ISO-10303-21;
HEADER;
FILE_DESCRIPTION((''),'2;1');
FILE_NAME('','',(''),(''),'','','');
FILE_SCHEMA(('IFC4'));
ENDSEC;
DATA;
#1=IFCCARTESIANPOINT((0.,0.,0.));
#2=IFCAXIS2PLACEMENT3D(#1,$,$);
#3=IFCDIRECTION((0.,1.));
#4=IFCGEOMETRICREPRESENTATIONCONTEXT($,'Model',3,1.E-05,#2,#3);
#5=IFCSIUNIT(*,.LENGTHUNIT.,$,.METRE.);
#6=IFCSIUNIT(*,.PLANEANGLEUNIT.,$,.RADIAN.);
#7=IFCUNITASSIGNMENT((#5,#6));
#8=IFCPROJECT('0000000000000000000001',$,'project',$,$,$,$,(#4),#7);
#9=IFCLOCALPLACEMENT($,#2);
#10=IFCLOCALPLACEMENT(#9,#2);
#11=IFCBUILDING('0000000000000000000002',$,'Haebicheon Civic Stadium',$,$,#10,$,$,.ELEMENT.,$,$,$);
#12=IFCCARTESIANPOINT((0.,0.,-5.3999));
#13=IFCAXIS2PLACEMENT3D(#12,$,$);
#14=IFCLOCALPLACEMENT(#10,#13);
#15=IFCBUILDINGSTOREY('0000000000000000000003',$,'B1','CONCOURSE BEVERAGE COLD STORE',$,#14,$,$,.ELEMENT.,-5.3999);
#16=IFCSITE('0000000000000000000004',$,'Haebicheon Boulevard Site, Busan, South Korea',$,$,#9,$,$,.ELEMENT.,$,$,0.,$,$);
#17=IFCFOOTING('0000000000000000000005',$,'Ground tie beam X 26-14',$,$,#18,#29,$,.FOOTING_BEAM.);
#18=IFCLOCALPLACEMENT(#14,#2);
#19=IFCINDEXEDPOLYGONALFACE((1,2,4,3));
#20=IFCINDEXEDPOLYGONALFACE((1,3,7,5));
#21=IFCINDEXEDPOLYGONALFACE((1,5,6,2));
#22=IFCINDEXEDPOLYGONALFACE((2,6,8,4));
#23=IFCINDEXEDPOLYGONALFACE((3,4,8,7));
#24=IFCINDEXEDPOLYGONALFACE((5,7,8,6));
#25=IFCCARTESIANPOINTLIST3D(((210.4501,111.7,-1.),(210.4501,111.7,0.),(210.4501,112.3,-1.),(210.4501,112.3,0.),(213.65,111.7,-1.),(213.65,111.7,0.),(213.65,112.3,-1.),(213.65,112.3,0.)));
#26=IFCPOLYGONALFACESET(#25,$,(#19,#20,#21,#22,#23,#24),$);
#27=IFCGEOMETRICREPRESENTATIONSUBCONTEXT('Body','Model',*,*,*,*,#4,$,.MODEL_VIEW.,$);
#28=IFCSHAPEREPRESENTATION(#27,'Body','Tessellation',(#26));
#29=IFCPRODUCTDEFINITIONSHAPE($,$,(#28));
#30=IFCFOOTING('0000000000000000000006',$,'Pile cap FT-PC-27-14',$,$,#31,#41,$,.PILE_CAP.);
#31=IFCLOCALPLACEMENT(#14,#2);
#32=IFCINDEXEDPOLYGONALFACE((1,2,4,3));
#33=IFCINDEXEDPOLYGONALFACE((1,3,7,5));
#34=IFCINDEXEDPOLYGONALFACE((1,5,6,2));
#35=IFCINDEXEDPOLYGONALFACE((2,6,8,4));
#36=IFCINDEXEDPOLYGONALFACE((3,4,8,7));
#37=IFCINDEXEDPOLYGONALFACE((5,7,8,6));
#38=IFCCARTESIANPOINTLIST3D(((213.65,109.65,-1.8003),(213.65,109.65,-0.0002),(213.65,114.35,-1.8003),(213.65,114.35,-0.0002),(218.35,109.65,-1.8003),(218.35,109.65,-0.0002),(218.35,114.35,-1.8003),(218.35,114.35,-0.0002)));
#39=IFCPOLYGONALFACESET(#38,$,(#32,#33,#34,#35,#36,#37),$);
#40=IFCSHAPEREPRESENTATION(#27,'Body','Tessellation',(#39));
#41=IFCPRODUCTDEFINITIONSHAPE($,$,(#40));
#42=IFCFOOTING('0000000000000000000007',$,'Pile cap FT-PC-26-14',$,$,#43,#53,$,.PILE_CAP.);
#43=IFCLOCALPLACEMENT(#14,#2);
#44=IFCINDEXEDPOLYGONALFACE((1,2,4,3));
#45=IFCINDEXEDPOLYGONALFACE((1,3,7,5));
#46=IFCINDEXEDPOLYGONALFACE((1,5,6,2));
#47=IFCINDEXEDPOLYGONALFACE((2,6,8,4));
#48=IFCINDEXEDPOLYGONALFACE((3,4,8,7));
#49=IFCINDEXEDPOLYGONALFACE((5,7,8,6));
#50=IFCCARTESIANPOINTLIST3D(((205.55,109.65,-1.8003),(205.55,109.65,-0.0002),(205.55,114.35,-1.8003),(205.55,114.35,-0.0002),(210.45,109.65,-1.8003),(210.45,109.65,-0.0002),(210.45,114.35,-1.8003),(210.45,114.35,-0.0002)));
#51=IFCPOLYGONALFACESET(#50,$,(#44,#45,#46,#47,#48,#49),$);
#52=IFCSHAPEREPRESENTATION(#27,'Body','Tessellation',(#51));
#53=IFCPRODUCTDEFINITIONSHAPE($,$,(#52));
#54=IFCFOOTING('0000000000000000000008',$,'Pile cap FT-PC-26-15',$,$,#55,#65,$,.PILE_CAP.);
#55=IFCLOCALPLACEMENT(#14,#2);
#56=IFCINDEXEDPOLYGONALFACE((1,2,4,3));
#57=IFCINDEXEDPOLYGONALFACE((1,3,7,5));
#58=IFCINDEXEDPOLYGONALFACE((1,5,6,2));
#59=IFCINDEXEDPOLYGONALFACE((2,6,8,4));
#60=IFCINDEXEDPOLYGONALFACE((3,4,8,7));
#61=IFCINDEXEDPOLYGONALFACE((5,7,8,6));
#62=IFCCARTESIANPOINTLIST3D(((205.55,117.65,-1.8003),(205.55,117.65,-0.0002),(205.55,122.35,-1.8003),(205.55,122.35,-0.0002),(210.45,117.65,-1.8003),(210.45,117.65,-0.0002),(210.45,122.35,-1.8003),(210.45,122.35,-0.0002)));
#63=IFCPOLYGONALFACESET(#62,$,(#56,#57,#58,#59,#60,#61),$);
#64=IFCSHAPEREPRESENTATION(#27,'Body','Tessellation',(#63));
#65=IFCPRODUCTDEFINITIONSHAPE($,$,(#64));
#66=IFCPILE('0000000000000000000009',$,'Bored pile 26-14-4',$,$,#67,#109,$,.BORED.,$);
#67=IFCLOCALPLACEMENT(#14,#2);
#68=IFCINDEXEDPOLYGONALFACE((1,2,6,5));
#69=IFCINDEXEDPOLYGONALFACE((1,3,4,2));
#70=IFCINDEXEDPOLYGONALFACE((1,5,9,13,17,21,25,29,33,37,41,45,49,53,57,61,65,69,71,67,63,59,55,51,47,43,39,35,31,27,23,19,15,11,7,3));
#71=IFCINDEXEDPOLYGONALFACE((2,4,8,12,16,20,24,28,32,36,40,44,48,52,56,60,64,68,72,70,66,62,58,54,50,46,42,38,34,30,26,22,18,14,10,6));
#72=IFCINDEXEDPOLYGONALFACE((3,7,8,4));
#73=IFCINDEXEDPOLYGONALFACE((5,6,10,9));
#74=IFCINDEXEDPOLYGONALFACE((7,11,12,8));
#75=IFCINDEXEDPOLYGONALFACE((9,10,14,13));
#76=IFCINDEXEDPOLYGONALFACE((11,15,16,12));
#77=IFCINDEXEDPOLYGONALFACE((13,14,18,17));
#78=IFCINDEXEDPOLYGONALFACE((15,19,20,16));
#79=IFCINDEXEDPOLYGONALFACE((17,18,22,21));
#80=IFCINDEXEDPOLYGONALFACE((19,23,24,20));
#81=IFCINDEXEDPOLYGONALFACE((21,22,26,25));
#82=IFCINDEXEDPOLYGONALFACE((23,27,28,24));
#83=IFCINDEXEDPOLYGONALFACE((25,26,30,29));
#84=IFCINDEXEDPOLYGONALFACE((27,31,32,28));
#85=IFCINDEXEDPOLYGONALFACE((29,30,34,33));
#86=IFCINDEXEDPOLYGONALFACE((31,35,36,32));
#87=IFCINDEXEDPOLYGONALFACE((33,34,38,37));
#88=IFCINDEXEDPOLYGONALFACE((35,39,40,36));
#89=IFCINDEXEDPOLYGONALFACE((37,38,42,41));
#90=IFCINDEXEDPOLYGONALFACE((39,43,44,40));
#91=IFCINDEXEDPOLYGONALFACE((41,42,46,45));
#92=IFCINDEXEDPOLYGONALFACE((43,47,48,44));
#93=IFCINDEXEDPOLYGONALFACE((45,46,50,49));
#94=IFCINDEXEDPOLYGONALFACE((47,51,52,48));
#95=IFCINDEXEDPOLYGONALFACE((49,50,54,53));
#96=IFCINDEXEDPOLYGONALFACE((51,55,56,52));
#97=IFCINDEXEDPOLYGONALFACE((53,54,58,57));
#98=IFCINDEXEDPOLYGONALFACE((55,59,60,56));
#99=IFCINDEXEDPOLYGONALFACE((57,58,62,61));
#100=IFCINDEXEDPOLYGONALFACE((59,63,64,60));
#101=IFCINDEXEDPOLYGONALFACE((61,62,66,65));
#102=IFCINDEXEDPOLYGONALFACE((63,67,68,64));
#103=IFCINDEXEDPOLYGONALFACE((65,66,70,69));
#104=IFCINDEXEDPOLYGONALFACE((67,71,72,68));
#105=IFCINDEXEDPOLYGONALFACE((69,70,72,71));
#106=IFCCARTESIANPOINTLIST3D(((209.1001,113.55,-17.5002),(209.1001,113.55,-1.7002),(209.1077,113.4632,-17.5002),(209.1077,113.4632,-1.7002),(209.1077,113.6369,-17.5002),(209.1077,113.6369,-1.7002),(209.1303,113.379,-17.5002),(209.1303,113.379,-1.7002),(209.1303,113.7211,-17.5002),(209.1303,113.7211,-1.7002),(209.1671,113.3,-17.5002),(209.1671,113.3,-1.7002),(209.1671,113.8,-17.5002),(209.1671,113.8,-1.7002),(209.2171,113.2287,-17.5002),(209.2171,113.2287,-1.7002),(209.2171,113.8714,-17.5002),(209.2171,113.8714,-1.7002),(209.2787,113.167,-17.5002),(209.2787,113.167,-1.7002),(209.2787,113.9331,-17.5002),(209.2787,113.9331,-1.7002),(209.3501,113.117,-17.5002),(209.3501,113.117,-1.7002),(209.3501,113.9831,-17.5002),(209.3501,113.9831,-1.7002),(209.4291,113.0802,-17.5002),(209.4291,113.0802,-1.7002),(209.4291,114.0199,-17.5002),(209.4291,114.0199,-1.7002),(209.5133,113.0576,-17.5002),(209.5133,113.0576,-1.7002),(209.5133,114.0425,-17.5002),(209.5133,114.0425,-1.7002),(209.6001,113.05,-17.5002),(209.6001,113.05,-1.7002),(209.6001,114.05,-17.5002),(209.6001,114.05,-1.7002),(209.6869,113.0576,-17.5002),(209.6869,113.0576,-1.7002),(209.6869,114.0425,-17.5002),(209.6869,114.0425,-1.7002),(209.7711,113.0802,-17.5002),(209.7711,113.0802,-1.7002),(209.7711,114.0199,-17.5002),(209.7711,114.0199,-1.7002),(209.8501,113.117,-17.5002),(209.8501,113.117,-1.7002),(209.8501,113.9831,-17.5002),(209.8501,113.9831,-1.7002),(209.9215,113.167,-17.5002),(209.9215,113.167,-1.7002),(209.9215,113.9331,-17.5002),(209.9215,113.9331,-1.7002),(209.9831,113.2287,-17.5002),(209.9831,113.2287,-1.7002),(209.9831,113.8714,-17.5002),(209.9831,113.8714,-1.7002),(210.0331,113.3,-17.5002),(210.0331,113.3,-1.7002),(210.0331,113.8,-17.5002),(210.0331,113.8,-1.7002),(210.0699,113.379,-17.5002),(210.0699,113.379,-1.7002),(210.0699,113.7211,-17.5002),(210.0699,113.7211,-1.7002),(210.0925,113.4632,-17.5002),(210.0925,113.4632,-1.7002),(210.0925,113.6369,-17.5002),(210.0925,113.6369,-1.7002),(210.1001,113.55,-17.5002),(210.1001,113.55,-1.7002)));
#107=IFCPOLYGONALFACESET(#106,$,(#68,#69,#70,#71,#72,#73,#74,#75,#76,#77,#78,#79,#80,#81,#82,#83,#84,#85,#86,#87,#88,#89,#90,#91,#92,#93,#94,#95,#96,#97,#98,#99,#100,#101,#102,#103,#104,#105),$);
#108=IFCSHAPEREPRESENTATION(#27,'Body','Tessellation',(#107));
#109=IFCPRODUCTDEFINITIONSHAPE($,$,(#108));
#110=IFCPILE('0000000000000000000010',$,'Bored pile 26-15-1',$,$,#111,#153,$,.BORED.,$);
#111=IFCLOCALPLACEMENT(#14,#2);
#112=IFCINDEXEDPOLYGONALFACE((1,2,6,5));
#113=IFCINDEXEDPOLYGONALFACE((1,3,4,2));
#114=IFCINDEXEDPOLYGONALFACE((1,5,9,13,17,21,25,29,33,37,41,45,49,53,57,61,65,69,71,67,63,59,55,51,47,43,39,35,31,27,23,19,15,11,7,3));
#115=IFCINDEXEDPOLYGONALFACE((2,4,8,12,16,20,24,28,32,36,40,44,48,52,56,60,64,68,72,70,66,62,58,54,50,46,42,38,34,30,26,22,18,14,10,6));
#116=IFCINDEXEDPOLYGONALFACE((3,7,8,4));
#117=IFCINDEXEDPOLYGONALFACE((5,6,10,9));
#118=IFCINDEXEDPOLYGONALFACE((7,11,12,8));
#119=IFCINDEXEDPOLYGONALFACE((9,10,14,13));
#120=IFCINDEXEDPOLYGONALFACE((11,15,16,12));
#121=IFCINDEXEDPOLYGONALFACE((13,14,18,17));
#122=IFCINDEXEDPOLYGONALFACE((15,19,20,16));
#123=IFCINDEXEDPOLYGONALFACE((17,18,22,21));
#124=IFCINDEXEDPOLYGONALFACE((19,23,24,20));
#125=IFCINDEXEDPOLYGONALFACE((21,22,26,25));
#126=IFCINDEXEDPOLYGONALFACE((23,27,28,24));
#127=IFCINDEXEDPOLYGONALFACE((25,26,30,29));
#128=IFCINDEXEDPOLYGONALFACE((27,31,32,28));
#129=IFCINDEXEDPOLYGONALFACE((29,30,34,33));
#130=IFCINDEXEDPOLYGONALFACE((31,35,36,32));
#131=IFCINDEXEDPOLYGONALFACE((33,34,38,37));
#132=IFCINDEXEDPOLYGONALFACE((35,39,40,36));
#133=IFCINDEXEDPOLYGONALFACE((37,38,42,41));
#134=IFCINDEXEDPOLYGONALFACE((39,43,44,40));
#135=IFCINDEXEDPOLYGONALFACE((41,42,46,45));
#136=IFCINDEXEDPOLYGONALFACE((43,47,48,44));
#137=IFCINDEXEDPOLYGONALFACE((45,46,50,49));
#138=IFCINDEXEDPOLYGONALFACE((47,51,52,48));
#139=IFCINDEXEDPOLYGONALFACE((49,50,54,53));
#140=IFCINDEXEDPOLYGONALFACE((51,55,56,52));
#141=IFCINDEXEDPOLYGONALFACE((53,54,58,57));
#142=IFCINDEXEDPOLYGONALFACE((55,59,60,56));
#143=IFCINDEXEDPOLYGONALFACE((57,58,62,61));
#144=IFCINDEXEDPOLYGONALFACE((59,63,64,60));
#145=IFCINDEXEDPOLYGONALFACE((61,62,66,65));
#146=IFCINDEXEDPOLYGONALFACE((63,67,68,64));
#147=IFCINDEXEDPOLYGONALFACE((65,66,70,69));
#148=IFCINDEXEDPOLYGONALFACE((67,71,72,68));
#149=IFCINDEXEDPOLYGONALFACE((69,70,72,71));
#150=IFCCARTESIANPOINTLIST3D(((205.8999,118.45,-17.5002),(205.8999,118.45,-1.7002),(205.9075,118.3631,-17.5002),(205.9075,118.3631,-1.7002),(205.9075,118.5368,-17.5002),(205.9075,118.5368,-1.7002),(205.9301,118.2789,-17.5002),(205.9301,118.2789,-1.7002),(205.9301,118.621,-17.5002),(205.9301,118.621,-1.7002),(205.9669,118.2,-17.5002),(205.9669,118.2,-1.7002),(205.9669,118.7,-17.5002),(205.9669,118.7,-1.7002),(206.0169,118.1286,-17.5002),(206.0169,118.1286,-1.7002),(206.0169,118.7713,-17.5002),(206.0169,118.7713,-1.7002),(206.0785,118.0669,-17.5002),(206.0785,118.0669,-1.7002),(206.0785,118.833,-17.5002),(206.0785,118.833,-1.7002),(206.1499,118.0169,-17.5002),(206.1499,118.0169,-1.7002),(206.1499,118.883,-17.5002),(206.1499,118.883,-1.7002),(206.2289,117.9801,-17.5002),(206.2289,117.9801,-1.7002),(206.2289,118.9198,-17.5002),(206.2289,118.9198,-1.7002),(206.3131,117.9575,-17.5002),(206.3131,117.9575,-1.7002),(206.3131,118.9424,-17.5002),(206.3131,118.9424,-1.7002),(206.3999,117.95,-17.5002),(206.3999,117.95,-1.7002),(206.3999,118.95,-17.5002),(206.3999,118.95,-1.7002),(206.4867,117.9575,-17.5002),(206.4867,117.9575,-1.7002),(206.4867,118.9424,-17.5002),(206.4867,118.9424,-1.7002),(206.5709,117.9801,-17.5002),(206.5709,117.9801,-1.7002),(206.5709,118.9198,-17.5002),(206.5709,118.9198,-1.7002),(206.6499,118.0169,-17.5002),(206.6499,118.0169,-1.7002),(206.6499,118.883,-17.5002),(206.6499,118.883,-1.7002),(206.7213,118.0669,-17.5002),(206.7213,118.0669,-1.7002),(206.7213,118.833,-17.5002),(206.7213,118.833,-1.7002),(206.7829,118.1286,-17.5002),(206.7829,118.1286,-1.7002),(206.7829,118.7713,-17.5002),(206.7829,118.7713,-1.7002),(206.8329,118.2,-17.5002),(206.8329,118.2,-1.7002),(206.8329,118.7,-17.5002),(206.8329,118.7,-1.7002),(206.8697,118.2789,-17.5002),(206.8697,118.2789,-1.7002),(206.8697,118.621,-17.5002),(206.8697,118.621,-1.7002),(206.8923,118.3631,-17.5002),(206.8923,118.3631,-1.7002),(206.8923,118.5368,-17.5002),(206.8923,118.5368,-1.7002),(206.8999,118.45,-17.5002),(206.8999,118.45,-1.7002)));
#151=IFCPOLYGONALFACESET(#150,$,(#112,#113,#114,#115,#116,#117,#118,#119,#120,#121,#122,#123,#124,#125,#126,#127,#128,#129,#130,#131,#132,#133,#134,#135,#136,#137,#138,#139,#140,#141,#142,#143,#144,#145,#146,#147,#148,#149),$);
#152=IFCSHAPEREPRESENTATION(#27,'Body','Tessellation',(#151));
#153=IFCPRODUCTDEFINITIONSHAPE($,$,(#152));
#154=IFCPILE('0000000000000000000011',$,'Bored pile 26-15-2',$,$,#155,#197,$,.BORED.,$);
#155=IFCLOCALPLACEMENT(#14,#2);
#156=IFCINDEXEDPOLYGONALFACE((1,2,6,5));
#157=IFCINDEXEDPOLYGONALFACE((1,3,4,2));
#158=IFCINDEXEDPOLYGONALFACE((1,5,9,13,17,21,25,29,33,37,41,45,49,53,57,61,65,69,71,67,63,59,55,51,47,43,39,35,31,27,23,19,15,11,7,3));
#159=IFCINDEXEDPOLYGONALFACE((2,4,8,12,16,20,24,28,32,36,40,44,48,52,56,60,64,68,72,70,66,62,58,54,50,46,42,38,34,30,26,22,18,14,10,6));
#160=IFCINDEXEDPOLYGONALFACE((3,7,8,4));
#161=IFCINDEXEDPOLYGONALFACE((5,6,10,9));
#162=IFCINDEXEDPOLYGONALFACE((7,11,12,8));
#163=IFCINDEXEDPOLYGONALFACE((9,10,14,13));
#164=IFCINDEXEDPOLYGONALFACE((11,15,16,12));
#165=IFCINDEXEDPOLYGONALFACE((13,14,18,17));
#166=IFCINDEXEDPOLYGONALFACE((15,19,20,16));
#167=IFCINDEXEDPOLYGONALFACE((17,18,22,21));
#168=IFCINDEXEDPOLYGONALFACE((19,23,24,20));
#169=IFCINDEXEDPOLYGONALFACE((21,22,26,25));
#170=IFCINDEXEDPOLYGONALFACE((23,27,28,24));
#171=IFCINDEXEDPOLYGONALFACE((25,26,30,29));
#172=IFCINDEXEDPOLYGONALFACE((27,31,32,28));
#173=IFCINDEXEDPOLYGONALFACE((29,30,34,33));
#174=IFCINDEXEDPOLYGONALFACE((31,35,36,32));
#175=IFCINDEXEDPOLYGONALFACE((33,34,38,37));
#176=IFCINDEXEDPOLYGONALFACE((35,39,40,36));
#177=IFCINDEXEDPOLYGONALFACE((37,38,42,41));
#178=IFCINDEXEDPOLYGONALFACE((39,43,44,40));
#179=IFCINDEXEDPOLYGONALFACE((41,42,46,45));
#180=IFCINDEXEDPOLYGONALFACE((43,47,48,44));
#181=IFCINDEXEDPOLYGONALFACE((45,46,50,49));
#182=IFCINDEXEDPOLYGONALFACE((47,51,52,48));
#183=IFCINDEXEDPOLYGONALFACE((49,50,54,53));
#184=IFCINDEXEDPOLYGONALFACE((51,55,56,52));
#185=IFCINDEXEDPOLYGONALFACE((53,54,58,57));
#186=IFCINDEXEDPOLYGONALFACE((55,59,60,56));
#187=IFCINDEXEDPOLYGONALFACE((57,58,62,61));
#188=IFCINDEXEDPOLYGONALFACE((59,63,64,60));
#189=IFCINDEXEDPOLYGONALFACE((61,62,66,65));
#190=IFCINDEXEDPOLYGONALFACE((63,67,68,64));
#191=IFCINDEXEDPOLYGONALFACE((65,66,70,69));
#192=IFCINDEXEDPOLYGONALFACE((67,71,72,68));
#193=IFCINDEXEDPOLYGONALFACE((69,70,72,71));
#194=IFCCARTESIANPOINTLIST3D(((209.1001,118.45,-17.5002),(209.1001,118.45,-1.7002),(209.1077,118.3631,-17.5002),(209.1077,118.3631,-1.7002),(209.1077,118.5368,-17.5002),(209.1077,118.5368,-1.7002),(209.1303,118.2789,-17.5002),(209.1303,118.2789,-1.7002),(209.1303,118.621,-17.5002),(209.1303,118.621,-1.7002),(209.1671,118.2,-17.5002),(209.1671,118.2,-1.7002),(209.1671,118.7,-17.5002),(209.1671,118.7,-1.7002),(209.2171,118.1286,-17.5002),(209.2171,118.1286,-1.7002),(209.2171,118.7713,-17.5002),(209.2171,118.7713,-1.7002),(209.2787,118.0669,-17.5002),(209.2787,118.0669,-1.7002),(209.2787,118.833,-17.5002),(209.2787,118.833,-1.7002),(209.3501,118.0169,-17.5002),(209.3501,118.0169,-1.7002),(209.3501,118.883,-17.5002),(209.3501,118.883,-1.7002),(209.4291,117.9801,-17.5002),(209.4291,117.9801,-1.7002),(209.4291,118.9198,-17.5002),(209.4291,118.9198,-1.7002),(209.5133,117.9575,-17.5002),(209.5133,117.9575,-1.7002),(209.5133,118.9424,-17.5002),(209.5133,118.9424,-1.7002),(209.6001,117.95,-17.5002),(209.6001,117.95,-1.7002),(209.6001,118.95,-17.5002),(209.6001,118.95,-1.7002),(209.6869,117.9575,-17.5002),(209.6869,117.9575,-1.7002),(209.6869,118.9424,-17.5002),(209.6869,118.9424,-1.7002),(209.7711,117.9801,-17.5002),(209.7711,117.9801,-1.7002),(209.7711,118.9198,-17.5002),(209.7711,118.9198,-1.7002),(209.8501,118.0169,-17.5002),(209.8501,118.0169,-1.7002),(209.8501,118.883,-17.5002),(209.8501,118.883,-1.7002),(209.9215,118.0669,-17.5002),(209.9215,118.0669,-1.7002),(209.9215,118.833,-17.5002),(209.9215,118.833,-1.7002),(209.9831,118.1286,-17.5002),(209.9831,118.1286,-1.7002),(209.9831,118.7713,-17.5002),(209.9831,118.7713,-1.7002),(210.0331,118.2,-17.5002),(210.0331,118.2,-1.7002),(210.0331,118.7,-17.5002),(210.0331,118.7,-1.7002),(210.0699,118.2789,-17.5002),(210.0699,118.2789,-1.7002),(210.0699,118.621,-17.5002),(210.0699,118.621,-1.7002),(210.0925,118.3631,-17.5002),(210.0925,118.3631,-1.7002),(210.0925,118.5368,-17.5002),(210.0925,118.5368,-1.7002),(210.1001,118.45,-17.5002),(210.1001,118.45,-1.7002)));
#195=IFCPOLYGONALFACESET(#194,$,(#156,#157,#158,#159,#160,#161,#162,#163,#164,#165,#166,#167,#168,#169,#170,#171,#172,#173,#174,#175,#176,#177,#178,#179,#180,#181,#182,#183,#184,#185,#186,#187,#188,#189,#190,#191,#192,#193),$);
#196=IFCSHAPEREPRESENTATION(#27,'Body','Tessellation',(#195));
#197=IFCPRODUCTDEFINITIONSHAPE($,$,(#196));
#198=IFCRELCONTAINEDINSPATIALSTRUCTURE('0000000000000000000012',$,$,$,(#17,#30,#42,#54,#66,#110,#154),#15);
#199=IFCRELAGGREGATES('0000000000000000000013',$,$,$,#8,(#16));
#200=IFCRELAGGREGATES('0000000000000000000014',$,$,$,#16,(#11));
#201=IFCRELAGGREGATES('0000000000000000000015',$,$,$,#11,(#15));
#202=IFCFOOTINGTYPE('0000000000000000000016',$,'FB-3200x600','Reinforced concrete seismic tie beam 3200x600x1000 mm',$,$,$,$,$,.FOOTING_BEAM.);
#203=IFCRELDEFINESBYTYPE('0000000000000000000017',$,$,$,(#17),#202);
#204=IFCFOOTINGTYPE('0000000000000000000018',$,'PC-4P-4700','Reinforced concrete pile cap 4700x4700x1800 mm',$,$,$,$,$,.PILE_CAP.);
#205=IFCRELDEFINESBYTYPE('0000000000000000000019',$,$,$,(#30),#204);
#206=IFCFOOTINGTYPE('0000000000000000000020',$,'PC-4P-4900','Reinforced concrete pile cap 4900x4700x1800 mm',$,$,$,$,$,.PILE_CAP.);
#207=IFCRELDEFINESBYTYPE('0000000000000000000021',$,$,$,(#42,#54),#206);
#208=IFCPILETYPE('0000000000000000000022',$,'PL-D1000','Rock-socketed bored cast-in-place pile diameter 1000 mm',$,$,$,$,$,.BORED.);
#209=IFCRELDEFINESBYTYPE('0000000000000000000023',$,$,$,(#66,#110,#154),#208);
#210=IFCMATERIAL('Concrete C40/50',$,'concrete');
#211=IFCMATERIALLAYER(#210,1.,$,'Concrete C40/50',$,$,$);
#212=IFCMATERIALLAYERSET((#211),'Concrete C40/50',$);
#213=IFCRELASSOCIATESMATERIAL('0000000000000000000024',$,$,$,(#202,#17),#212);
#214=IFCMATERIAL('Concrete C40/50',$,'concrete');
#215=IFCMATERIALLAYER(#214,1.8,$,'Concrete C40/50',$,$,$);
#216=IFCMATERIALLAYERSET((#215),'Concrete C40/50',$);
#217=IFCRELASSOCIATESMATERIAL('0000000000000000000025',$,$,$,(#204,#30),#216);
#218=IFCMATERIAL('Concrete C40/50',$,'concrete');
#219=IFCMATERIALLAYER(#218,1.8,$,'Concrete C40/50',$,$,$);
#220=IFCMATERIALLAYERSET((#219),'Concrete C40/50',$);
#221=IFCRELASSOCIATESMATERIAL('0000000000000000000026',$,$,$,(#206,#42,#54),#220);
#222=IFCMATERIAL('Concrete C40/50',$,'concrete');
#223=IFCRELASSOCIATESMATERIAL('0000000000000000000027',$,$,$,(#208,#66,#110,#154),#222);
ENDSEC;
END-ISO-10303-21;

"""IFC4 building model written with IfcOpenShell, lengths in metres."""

from ifc_helpers import new_model, si_unit, direction, frame, origin, origin_2d, place, context, subcontext, project, spatial, rectangle, circle, extrude, material, layer, layer_set, material_profile, profile_set, type_object, element, save


model = new_model("IFC4")

# Units and contexts
model_context = context("Model", 3, precision=1e-05, world=origin(), true_north=direction((0.0, 1.0)))
body_context = subcontext(model_context, "Body", "Model", "MODEL_VIEW")
ifc_project = project(units=[si_unit("LENGTHUNIT", "METRE"), si_unit("PLANEANGLEUNIT", "RADIAN")], contexts=[model_context])

# Site, building, storey
site_placement = place(None, origin())
site = spatial("IfcSite", under=ifc_project, at=site_placement, Name="Haebicheon Boulevard Site, Busan, South Korea", CompositionType="ELEMENT", RefElevation=0.0)
building_placement = place(site_placement, origin())
building = spatial("IfcBuilding", under=site, at=building_placement, Name="Haebicheon Civic Stadium", CompositionType="ELEMENT")
storey_placement = place(building_placement, frame((0.0, 0.0, -5.3999)))
storey = spatial("IfcBuildingStorey", under=building, at=storey_placement, Name="B1", Description="CONCOURSE BEVERAGE COLD STORE", CompositionType="ELEMENT", Elevation=-5.3999)

# Footings
ifc_material_1 = material(Name="Concrete C40/50", Category="concrete")
ifc_layer_1 = layer(ifc_material_1, 1.0, Name="Concrete C40/50")
ifc_layer_set_1 = layer_set([ifc_layer_1], Name="Concrete C40/50")
footing_type_1 = type_object("IfcFootingType", Name="FB-3200x600", Description="Reinforced concrete seismic tie beam 3200x600x1000 mm", PredefinedType="FOOTING_BEAM", material=ifc_layer_set_1)
footing_1_placement = place(storey_placement, frame((212.05, 112.0, -1.0), z_axis=(0.0, 0.0, 1.0), x_axis=(1.0, 0.0, 0.0)))
element("IfcFooting", 1, at=footing_1_placement, inside=storey, type_object=footing_type_1, material=ifc_layer_set_1, Name="Ground tie beam X 26-14", PredefinedType="FOOTING_BEAM", context=body_context, shape_type="SweptSolid", body=[
    extrude(rectangle(XDim=3.2, YDim=0.6001, at=origin_2d()), origin(), (0.0, 0.0, 1.0), 1.0),
])
ifc_material_2 = material(Name="Concrete C40/50", Category="concrete")
ifc_layer_2 = layer(ifc_material_2, 1.8, Name="Concrete C40/50")
ifc_layer_set_2 = layer_set([ifc_layer_2], Name="Concrete C40/50")
footing_type_2 = type_object("IfcFootingType", Name="PC-4P-4700", Description="Reinforced concrete pile cap 4700x4700x1800 mm", PredefinedType="PILE_CAP", material=ifc_layer_set_2)
footing_2_placement = place(storey_placement, frame((216.0, 112.0, -1.8003), z_axis=(0.0, 0.0, 1.0), x_axis=(1.0, 0.0, 0.0)))
element("IfcFooting", 2, at=footing_2_placement, inside=storey, type_object=footing_type_2, material=ifc_layer_set_2, Name="Pile cap FT-PC-27-14", PredefinedType="PILE_CAP", context=body_context, shape_type="SweptSolid", body=[
    extrude(rectangle(XDim=4.7, YDim=4.7, at=origin_2d()), origin(), (0.0, 0.0, 1.0), 1.8),
])
ifc_material_3 = material(Name="Concrete C40/50", Category="concrete")
ifc_layer_3 = layer(ifc_material_3, 1.8, Name="Concrete C40/50")
ifc_layer_set_3 = layer_set([ifc_layer_3], Name="Concrete C40/50")
footing_type_3 = type_object("IfcFootingType", Name="PC-4P-4900", Description="Reinforced concrete pile cap 4900x4700x1800 mm", PredefinedType="PILE_CAP", material=ifc_layer_set_3)
for number, where, z_axis, x_axis, name in (
    (3, (208.0, 112.0, -1.8003), (0.0, 0.0, 1.0), (1.0, 0.0, 0.0), "Pile cap FT-PC-26-14"),
    (4, (208.0, 120.0, -1.8003), (0.0, 0.0, 1.0), (1.0, 0.0, 0.0), "Pile cap FT-PC-26-15"),
):
    element("IfcFooting", number, at=place(storey_placement, frame(where, z_axis=z_axis, x_axis=x_axis)), inside=storey, type_object=footing_type_3, material=ifc_layer_set_3, Name=name, PredefinedType="PILE_CAP", context=body_context, shape_type="SweptSolid", body=[
        extrude(rectangle(XDim=4.8999, YDim=4.7, at=origin_2d()), origin(), (0.0, 0.0, 1.0), 1.8),
    ])

# Piles
ifc_material_4 = material(Name="Concrete C40/50", Category="concrete")
ifc_material_profile_1 = material_profile(ifc_material_4, circle(Radius=0.5, at=origin_2d()), Name="PILE-D1000")
ifc_profile_set_1 = profile_set([ifc_material_profile_1], Name="Concrete C40/50")
pile_type = type_object("IfcPileType", Name="PL-D1000", Description="Rock-socketed bored cast-in-place pile diameter 1000 mm", PredefinedType="BORED", material=ifc_profile_set_1)
for number, where, z_axis, x_axis, name in (
    (5, (209.6001, 113.55, -1.7002), (0.0, 0.0, -1.0), (1.0, 0.0, 0.0), "Bored pile 26-14-4"),
    (6, (206.3999, 118.45, -1.7002), (0.0, 0.0, -1.0), (1.0, 0.0, 0.0), "Bored pile 26-15-1"),
    (7, (209.6001, 118.45, -1.7002), (0.0, 0.0, -1.0), (1.0, 0.0, 0.0), "Bored pile 26-15-2"),
):
    element("IfcPile", number, at=place(storey_placement, frame(where, z_axis=z_axis, x_axis=x_axis)), inside=storey, type_object=pile_type, material=ifc_profile_set_1, Name=name, PredefinedType="BORED", context=body_context, shape_type="SweptSolid", body=[
        extrude(circle(Radius=0.5, at=origin_2d()), origin(), (0.0, 0.0, 1.0), 15.8),
    ])

save(model, "model.ifc")
